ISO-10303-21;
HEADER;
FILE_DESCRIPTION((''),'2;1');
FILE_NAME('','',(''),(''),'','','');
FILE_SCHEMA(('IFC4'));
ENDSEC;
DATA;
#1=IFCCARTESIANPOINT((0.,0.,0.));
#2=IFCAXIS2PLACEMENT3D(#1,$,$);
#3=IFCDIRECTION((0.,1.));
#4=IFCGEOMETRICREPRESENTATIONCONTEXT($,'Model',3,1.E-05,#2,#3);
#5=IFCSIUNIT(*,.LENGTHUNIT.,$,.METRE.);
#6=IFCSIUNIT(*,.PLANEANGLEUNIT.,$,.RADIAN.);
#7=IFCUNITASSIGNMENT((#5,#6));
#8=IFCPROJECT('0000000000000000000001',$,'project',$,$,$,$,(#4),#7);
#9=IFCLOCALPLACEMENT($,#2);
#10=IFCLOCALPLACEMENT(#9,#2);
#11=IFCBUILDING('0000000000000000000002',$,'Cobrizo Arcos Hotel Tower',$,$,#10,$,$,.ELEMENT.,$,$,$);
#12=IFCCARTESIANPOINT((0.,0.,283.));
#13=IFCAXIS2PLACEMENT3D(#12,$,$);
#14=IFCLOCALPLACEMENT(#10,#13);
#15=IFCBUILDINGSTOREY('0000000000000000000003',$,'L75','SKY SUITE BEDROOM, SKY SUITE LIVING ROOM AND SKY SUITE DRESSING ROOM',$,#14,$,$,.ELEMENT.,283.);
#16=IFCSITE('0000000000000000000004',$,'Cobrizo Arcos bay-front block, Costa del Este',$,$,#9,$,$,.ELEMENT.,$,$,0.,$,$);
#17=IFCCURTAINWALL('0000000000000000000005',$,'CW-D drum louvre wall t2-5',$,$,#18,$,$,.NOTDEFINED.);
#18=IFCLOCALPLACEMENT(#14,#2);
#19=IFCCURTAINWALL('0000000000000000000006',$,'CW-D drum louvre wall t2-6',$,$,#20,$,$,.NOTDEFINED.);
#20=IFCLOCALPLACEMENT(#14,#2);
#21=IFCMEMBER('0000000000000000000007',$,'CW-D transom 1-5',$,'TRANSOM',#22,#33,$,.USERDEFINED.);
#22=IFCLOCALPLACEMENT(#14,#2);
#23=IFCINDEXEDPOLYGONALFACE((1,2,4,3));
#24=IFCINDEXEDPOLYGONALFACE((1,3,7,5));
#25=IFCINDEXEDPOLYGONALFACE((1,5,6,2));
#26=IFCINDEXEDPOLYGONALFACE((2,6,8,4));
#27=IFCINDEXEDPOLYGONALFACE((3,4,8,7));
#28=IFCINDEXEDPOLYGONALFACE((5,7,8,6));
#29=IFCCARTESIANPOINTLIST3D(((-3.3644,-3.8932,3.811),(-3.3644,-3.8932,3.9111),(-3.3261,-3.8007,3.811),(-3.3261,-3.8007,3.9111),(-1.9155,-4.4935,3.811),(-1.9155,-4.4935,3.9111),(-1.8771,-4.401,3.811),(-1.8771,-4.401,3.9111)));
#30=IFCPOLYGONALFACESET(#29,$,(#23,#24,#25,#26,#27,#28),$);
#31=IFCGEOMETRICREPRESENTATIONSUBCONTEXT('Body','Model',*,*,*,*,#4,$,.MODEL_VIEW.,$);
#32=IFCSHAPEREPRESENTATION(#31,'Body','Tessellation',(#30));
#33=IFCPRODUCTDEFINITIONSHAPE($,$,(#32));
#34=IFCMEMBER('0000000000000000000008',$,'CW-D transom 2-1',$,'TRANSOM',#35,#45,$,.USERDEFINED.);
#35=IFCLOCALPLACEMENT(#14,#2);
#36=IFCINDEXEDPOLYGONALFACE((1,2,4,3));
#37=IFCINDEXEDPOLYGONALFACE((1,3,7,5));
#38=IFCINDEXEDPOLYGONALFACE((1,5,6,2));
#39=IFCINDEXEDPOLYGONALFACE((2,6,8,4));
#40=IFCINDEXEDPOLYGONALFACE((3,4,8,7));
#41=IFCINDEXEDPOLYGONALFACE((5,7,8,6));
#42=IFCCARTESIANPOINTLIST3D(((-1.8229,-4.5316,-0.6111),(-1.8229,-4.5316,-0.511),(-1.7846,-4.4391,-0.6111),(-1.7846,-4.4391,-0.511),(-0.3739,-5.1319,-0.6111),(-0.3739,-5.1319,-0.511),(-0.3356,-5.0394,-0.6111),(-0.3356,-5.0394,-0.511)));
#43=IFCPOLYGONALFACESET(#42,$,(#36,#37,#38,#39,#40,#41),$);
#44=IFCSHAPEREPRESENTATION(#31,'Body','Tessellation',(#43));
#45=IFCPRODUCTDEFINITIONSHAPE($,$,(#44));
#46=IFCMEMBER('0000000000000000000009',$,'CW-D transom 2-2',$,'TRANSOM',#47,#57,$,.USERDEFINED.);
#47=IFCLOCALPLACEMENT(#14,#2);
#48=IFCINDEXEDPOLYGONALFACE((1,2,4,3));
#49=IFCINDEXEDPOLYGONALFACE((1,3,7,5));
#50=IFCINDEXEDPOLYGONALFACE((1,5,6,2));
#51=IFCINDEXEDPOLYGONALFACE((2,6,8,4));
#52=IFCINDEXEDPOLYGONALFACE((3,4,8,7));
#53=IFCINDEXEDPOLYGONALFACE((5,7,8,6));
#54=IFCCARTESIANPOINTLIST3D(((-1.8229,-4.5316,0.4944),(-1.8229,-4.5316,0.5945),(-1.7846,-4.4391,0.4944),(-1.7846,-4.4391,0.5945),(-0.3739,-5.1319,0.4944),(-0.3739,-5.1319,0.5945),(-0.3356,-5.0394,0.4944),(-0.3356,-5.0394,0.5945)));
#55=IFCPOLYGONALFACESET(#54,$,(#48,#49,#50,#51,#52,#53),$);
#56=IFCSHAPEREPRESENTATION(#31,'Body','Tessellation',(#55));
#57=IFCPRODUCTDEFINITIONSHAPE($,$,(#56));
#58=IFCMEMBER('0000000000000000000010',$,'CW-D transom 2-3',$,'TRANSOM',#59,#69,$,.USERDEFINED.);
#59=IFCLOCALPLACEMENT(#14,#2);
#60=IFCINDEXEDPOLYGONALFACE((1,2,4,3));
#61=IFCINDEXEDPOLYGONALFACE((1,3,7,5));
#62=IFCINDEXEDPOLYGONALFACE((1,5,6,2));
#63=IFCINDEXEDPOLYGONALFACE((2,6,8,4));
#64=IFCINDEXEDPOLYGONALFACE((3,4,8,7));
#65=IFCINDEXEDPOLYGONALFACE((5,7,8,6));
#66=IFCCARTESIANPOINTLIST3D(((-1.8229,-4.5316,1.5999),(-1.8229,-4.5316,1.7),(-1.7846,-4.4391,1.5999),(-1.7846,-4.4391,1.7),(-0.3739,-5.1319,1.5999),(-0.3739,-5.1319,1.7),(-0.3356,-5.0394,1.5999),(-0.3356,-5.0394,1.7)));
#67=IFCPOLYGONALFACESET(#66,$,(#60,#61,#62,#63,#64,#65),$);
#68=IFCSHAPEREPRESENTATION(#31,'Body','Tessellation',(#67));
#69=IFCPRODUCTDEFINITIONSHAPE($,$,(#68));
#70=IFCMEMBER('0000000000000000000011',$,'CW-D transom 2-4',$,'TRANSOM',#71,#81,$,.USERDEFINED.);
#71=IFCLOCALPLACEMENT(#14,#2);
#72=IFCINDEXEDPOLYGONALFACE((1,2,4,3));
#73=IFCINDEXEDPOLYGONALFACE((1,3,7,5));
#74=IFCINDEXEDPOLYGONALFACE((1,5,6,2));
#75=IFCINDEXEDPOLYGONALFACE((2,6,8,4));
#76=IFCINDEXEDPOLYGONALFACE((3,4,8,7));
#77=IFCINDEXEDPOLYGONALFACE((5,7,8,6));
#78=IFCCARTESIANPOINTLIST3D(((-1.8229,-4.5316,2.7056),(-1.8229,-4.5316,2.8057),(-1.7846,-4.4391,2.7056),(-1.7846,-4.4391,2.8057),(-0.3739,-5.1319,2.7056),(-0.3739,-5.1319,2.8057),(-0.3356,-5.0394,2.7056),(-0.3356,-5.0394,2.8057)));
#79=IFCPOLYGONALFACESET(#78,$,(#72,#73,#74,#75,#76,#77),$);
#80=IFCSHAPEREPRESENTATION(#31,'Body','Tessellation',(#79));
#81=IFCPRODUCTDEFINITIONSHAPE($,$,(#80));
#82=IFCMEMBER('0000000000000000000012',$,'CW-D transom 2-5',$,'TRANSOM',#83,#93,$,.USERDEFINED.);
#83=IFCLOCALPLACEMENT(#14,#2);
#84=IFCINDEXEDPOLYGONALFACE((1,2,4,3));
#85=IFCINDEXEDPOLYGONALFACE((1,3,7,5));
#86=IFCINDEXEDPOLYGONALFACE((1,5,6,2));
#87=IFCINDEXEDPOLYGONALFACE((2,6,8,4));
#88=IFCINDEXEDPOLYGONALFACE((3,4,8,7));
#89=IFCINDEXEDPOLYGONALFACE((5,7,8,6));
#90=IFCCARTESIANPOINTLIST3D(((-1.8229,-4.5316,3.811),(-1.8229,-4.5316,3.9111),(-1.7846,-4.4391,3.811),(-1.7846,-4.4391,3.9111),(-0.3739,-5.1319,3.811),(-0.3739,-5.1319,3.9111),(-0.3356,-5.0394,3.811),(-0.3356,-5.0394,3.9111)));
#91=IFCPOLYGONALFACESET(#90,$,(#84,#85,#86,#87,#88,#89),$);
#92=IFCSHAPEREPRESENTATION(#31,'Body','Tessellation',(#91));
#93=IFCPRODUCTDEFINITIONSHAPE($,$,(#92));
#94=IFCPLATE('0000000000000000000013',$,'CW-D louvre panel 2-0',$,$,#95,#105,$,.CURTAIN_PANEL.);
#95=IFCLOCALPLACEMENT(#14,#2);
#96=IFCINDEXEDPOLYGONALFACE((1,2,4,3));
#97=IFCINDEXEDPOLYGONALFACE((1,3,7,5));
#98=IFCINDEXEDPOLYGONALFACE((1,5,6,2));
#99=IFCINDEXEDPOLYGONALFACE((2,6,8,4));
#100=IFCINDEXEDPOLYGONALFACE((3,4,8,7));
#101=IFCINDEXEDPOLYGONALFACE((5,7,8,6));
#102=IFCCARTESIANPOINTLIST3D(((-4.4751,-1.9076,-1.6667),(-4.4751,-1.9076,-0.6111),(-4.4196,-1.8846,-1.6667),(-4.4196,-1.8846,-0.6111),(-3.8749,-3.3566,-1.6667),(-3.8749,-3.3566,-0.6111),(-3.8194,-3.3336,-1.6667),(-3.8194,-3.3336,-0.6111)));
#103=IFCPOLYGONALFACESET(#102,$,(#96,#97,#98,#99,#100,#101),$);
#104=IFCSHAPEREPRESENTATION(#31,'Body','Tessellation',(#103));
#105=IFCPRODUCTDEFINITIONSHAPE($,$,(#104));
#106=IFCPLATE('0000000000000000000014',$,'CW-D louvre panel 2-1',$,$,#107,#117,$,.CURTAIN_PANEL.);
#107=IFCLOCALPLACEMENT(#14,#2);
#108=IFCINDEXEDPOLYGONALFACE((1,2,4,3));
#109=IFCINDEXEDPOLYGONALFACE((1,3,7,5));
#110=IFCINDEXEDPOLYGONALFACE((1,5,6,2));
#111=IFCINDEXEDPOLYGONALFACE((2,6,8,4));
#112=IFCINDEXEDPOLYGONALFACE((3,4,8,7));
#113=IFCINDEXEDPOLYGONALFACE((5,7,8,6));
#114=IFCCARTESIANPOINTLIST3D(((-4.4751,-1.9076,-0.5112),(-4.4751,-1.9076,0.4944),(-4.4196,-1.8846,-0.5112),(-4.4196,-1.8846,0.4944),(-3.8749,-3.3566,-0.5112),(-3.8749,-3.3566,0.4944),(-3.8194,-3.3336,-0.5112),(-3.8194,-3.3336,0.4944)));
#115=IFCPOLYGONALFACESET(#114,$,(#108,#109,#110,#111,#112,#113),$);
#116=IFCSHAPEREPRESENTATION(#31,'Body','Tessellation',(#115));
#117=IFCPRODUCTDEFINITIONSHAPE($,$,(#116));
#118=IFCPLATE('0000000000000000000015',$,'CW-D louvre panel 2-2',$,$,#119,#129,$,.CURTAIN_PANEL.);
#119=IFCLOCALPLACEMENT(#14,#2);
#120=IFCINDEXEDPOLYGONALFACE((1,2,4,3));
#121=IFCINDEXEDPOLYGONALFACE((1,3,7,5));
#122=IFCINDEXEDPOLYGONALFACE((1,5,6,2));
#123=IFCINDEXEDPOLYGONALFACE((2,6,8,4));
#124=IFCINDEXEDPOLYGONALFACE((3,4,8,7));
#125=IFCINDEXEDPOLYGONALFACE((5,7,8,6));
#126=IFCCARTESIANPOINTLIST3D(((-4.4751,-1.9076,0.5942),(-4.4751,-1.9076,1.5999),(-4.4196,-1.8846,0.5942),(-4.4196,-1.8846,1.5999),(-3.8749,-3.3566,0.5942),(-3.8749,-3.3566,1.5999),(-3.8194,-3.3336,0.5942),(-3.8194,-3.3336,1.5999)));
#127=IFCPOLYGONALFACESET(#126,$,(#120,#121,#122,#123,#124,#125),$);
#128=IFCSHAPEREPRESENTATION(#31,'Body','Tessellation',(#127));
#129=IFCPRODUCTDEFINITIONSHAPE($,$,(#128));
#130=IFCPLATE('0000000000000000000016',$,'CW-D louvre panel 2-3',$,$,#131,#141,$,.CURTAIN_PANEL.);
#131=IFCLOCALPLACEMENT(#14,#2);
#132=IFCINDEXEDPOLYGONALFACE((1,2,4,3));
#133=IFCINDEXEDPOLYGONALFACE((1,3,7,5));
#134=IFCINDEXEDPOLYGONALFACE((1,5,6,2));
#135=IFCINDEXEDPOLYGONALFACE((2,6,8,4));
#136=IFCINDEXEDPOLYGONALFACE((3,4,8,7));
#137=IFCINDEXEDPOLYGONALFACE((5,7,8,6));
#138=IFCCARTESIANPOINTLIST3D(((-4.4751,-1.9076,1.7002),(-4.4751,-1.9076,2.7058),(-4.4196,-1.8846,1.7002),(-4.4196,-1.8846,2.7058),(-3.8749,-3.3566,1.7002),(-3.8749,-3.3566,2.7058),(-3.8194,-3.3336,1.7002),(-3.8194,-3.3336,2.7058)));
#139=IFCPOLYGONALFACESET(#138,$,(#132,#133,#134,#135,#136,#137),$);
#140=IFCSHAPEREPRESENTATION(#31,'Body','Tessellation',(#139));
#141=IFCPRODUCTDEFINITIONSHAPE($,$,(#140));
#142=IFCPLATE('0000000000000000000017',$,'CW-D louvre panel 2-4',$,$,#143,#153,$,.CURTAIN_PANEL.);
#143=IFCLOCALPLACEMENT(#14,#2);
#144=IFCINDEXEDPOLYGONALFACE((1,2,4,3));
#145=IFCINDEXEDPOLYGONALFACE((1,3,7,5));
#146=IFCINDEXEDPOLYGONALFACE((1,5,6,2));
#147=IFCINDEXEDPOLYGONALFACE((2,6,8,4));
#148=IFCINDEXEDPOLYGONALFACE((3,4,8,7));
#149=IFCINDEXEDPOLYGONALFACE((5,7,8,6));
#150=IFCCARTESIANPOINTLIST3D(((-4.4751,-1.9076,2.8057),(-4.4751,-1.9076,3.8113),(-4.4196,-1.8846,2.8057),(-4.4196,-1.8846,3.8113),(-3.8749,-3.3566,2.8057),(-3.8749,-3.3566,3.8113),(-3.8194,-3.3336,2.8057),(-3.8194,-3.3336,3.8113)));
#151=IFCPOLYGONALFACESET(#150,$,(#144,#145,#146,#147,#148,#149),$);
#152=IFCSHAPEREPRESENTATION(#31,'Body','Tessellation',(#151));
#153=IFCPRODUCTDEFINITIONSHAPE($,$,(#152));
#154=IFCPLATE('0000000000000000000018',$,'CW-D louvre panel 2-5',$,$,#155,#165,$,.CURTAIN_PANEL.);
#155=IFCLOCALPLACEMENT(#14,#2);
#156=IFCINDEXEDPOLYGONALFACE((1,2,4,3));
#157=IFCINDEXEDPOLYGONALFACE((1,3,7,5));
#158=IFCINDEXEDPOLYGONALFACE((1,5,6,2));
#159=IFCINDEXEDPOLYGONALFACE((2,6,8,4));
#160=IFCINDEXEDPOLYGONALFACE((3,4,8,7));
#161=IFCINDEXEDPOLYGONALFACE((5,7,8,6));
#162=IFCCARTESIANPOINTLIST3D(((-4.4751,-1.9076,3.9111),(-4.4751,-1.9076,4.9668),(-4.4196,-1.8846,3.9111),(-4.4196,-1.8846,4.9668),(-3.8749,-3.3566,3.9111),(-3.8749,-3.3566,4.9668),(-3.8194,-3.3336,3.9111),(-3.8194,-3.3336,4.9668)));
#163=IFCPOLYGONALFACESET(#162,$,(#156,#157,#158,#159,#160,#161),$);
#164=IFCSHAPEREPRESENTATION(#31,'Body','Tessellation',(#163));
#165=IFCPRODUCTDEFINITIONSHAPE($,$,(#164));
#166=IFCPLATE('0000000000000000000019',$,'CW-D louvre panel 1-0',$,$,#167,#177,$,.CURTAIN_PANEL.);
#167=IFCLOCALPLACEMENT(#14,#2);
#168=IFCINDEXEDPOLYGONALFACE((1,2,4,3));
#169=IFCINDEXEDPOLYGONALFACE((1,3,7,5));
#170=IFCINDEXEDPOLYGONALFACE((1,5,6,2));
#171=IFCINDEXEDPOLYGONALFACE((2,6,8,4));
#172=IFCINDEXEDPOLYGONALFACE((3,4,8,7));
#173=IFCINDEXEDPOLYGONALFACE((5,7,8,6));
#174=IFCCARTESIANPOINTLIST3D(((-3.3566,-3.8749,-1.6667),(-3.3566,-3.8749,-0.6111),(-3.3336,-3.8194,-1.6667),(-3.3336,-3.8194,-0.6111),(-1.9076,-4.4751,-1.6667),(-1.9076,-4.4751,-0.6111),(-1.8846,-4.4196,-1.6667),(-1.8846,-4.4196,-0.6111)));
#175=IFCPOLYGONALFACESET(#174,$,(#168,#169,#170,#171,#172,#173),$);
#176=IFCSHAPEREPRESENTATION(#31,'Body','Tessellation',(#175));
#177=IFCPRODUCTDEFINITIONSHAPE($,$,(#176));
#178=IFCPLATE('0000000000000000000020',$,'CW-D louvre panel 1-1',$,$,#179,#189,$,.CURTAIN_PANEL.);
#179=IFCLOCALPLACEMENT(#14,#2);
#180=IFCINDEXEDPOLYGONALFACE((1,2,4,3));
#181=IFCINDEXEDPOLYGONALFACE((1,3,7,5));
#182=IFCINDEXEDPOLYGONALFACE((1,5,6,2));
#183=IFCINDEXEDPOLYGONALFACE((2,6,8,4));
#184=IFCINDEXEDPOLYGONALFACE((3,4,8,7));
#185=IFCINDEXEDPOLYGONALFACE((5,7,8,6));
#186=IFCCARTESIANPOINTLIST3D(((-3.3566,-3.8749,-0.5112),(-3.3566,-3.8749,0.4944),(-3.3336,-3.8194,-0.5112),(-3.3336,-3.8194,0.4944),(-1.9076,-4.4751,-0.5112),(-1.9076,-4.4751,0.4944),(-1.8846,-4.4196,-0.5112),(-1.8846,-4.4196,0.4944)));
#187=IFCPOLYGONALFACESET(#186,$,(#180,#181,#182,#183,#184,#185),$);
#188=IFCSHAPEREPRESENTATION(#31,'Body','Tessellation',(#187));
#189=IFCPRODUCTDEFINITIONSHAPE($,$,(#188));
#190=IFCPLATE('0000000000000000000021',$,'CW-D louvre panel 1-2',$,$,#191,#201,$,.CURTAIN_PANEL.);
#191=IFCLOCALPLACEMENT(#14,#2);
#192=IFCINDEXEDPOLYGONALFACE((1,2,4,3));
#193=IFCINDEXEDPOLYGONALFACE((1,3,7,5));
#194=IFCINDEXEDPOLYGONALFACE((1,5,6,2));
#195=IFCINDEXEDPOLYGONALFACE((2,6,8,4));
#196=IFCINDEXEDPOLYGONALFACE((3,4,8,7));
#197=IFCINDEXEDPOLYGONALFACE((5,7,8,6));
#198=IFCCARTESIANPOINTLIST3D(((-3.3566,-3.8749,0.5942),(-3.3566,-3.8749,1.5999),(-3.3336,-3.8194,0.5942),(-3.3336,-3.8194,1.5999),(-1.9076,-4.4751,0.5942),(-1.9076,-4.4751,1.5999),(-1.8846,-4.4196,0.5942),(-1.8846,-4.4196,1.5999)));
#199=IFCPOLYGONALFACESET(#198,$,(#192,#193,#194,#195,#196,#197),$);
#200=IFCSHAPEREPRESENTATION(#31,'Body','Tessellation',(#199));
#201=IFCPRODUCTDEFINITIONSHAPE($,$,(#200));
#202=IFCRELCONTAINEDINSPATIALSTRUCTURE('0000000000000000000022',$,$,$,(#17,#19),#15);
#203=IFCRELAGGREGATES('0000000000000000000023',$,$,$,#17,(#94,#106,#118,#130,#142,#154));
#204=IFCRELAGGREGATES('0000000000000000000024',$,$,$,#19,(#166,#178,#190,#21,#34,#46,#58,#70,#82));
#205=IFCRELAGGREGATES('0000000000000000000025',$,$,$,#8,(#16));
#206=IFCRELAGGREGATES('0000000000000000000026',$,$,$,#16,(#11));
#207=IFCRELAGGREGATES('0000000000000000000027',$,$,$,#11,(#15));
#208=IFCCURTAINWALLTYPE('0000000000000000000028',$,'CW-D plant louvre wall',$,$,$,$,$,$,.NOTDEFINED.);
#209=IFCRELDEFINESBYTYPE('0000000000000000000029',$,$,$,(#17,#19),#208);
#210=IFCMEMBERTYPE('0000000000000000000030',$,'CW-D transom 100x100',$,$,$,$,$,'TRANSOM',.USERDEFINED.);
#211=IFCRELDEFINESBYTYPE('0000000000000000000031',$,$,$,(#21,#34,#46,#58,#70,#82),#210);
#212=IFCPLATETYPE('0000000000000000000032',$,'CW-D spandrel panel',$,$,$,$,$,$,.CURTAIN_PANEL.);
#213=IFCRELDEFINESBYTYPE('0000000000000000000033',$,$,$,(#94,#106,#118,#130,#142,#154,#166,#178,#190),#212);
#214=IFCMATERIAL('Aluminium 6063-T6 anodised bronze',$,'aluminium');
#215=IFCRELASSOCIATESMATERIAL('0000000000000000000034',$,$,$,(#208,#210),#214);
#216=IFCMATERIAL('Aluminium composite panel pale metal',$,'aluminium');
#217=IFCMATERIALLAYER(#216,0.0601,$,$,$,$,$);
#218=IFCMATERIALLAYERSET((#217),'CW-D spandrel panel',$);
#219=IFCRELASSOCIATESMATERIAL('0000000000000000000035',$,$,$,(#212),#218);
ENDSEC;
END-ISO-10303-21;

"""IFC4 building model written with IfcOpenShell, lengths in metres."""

from ifc_helpers import new_model, si_unit, direction, frame, origin, origin_2d, place, context, subcontext, project, spatial, rectangle, extrude, material, layer, layer_set, material_profile, profile_set, type_object, element, aggregate, save


model = new_model("IFC4")

# Units and contexts
model_context = context("Model", 3, precision=1e-05, world=origin(), true_north=direction((0.0, 1.0)))
body_context = subcontext(model_context, "Body", "Model", "MODEL_VIEW")
ifc_project = project(units=[si_unit("LENGTHUNIT", "METRE"), si_unit("PLANEANGLEUNIT", "RADIAN")], contexts=[model_context])

# Site, building, storey
site_placement = place(None, origin())
site = spatial("IfcSite", under=ifc_project, at=site_placement, Name="Cobrizo Arcos bay-front block, Costa del Este", CompositionType="ELEMENT", RefElevation=0.0)
building_placement = place(site_placement, origin())
building = spatial("IfcBuilding", under=site, at=building_placement, Name="Cobrizo Arcos Hotel Tower", CompositionType="ELEMENT")
storey_placement = place(building_placement, frame((0.0, 0.0, 283.0)))
storey = spatial("IfcBuildingStorey", under=building, at=storey_placement, Name="L75", Description="SKY SUITE BEDROOM, SKY SUITE LIVING ROOM AND SKY SUITE DRESSING ROOM", CompositionType="ELEMENT", Elevation=283.0)

# Curtain wall
ifc_material_1 = material(Name="Aluminium 6063-T6 anodised bronze", Category="aluminium")
curtain_wall_type = type_object("IfcCurtainWallType", Name="CW-D plant louvre wall", PredefinedType="NOTDEFINED", material=ifc_material_1)
curtain_wall_1_placement = place(storey_placement, origin())
curtain_wall_1 = element("IfcCurtainWall", 1, at=curtain_wall_1_placement, inside=storey, type_object=curtain_wall_type, Name="CW-D drum louvre wall t2-5", PredefinedType="NOTDEFINED")

# Curtain wall
curtain_wall_2_placement = place(storey_placement, origin())
curtain_wall_2 = element("IfcCurtainWall", 2, at=curtain_wall_2_placement, inside=storey, type_object=curtain_wall_type, Name="CW-D drum louvre wall t2-6", PredefinedType="NOTDEFINED")

# Members
ifc_material_profile_1 = material_profile(ifc_material_1, rectangle(XDim=0.1001, YDim=0.1001, at=origin_2d()), Name="CW-D transom 100x100")
ifc_profile_set_1 = profile_set([ifc_material_profile_1], Name="Aluminium 6063-T6 anodised bronze")
member_type_1 = type_object("IfcMemberType", Name="CW-D transom 100x100", ElementType="TRANSOM", PredefinedType="USERDEFINED", material=ifc_profile_set_1)
member_1_placement = place(storey_placement, frame((-3.3452, -3.8469, 3.8611), z_axis=(0.923844, -0.382769, 0.0), x_axis=(0.382769, 0.923844, 0.0)))
member_1 = element("IfcMember", 3, at=member_1_placement, type_object=member_type_1, Name="CW-D transom 1-5", ObjectType="TRANSOM", PredefinedType="USERDEFINED", context=body_context, shape_type="SweptSolid", body=[
    extrude(rectangle(XDim=0.1001, YDim=0.1001, at=origin_2d()), origin(), (0.0, 0.0, 1.0), 1.5684),
])
member_2_placement = place(storey_placement, frame((-1.8037, -4.4854, -0.561), z_axis=(0.923844, -0.382769, 0.0), x_axis=(0.382769, 0.923844, 0.0)))
member_2 = element("IfcMember", 4, at=member_2_placement, type_object=member_type_1, Name="CW-D transom 2-1", ObjectType="TRANSOM", PredefinedType="USERDEFINED", context=body_context, shape_type="SweptSolid", body=[
    extrude(rectangle(XDim=0.1001, YDim=0.1001, at=origin_2d()), origin(), (0.0, 0.0, 1.0), 1.5684),
])
member_3_placement = place(storey_placement, frame((-1.8037, -4.4854, 0.5444), z_axis=(0.923844, -0.382769, 0.0), x_axis=(0.382769, 0.923844, 0.0)))
member_3 = element("IfcMember", 5, at=member_3_placement, type_object=member_type_1, Name="CW-D transom 2-2", ObjectType="TRANSOM", PredefinedType="USERDEFINED", context=body_context, shape_type="SweptSolid", body=[
    extrude(rectangle(XDim=0.1001, YDim=0.1001, at=origin_2d()), origin(), (0.0, 0.0, 1.0), 1.5684),
])
member_4_placement = place(storey_placement, frame((-1.8037, -4.4854, 1.6499), z_axis=(0.923844, -0.382769, 0.0), x_axis=(0.382769, 0.923844, 0.0)))
member_4 = element("IfcMember", 6, at=member_4_placement, type_object=member_type_1, Name="CW-D transom 2-3", ObjectType="TRANSOM", PredefinedType="USERDEFINED", context=body_context, shape_type="SweptSolid", body=[
    extrude(rectangle(XDim=0.1001, YDim=0.1001, at=origin_2d()), origin(), (0.0, 0.0, 1.0), 1.5684),
])
member_5_placement = place(storey_placement, frame((-1.8037, -4.4854, 2.7556), z_axis=(0.923844, -0.382769, 0.0), x_axis=(0.382769, 0.923844, 0.0)))
member_5 = element("IfcMember", 7, at=member_5_placement, type_object=member_type_1, Name="CW-D transom 2-4", ObjectType="TRANSOM", PredefinedType="USERDEFINED", context=body_context, shape_type="SweptSolid", body=[
    extrude(rectangle(XDim=0.1001, YDim=0.1001, at=origin_2d()), origin(), (0.0, 0.0, 1.0), 1.5684),
])
member_6_placement = place(storey_placement, frame((-1.8037, -4.4854, 3.8611), z_axis=(0.923844, -0.382769, 0.0), x_axis=(0.382769, 0.923844, 0.0)))
member_6 = element("IfcMember", 8, at=member_6_placement, type_object=member_type_1, Name="CW-D transom 2-5", ObjectType="TRANSOM", PredefinedType="USERDEFINED", context=body_context, shape_type="SweptSolid", body=[
    extrude(rectangle(XDim=0.1001, YDim=0.1001, at=origin_2d()), origin(), (0.0, 0.0, 1.0), 1.5684),
])

# Plates
ifc_material_2 = material(Name="Aluminium composite panel pale metal", Category="aluminium")
ifc_layer = layer(ifc_material_2, 0.0601)
ifc_layer_set = layer_set([ifc_layer], Name="CW-D spandrel panel")
plate_type = type_object("IfcPlateType", Name="CW-D spandrel panel", PredefinedType="CURTAIN_PANEL", material=ifc_layer_set)
plate_1_placement = place(storey_placement, frame((-4.1472, -2.6206, -1.6667), z_axis=(0.0, 0.0, 1.0), x_axis=(0.382683, -0.92388, 0.0)))
plate_1 = element("IfcPlate", 9, at=plate_1_placement, type_object=plate_type, Name="CW-D louvre panel 2-0", PredefinedType="CURTAIN_PANEL", context=body_context, shape_type="SweptSolid", body=[
    extrude(rectangle(XDim=1.5684, YDim=0.0601, at=origin_2d()), origin(), (0.0, 0.0, 1.0), 1.0557),
])
plate_2_placement = place(storey_placement, frame((-4.1472, -2.6206, -0.5112), z_axis=(0.0, 0.0, 1.0), x_axis=(0.382683, -0.92388, 0.0)))
plate_2 = element("IfcPlate", 10, at=plate_2_placement, type_object=plate_type, Name="CW-D louvre panel 2-1", PredefinedType="CURTAIN_PANEL", context=body_context, shape_type="SweptSolid", body=[
    extrude(rectangle(XDim=1.5684, YDim=0.0601, at=origin_2d()), origin(), (0.0, 0.0, 1.0), 1.0056),
])
plate_3_placement = place(storey_placement, frame((-4.1472, -2.6206, 0.5942), z_axis=(0.0, 0.0, 1.0), x_axis=(0.382683, -0.92388, 0.0)))
plate_3 = element("IfcPlate", 11, at=plate_3_placement, type_object=plate_type, Name="CW-D louvre panel 2-2", PredefinedType="CURTAIN_PANEL", context=body_context, shape_type="SweptSolid", body=[
    extrude(rectangle(XDim=1.5684, YDim=0.0601, at=origin_2d()), origin(), (0.0, 0.0, 1.0), 1.0056),
])
plate_4_placement = place(storey_placement, frame((-4.1472, -2.6206, 1.7002), z_axis=(0.0, 0.0, 1.0), x_axis=(0.382683, -0.92388, 0.0)))
plate_4 = element("IfcPlate", 12, at=plate_4_placement, type_object=plate_type, Name="CW-D louvre panel 2-3", PredefinedType="CURTAIN_PANEL", context=body_context, shape_type="SweptSolid", body=[
    extrude(rectangle(XDim=1.5684, YDim=0.0601, at=origin_2d()), origin(), (0.0, 0.0, 1.0), 1.0056),
])
plate_5_placement = place(storey_placement, frame((-4.1472, -2.6206, 2.8057), z_axis=(0.0, 0.0, 1.0), x_axis=(0.382683, -0.92388, 0.0)))
plate_5 = element("IfcPlate", 13, at=plate_5_placement, type_object=plate_type, Name="CW-D louvre panel 2-4", PredefinedType="CURTAIN_PANEL", context=body_context, shape_type="SweptSolid", body=[
    extrude(rectangle(XDim=1.5684, YDim=0.0601, at=origin_2d()), origin(), (0.0, 0.0, 1.0), 1.0056),
])
plate_6_placement = place(storey_placement, frame((-4.1472, -2.6206, 3.9111), z_axis=(0.0, 0.0, 1.0), x_axis=(0.382683, -0.92388, 0.0)))
plate_6 = element("IfcPlate", 14, at=plate_6_placement, type_object=plate_type, Name="CW-D louvre panel 2-5", PredefinedType="CURTAIN_PANEL", context=body_context, shape_type="SweptSolid", body=[
    extrude(rectangle(XDim=1.5684, YDim=0.0601, at=origin_2d()), origin(), (0.0, 0.0, 1.0), 1.0557),
])
aggregate(curtain_wall_1, [plate_1, plate_2, plate_3, plate_4, plate_5, plate_6])
plate_7_placement = place(storey_placement, frame((-2.6206, -4.1472, -1.6667), z_axis=(0.0, 0.0, 1.0), x_axis=(0.92388, -0.382683, 0.0)))
plate_7 = element("IfcPlate", 15, at=plate_7_placement, type_object=plate_type, Name="CW-D louvre panel 1-0", PredefinedType="CURTAIN_PANEL", context=body_context, shape_type="SweptSolid", body=[
    extrude(rectangle(XDim=1.5684, YDim=0.0601, at=origin_2d()), origin(), (0.0, 0.0, 1.0), 1.0557),
])
plate_8_placement = place(storey_placement, frame((-2.6206, -4.1472, -0.5112), z_axis=(0.0, 0.0, 1.0), x_axis=(0.92388, -0.382683, 0.0)))
plate_8 = element("IfcPlate", 16, at=plate_8_placement, type_object=plate_type, Name="CW-D louvre panel 1-1", PredefinedType="CURTAIN_PANEL", context=body_context, shape_type="SweptSolid", body=[
    extrude(rectangle(XDim=1.5684, YDim=0.0601, at=origin_2d()), origin(), (0.0, 0.0, 1.0), 1.0056),
])
plate_9_placement = place(storey_placement, frame((-2.6206, -4.1472, 0.5942), z_axis=(0.0, 0.0, 1.0), x_axis=(0.92388, -0.382683, 0.0)))
plate_9 = element("IfcPlate", 17, at=plate_9_placement, type_object=plate_type, Name="CW-D louvre panel 1-2", PredefinedType="CURTAIN_PANEL", context=body_context, shape_type="SweptSolid", body=[
    extrude(rectangle(XDim=1.5684, YDim=0.0601, at=origin_2d()), origin(), (0.0, 0.0, 1.0), 1.0056),
])
aggregate(curtain_wall_2, [plate_7, plate_8, plate_9, member_1, member_2, member_3, member_4, member_5, member_6])

save(model, "model.ifc")
